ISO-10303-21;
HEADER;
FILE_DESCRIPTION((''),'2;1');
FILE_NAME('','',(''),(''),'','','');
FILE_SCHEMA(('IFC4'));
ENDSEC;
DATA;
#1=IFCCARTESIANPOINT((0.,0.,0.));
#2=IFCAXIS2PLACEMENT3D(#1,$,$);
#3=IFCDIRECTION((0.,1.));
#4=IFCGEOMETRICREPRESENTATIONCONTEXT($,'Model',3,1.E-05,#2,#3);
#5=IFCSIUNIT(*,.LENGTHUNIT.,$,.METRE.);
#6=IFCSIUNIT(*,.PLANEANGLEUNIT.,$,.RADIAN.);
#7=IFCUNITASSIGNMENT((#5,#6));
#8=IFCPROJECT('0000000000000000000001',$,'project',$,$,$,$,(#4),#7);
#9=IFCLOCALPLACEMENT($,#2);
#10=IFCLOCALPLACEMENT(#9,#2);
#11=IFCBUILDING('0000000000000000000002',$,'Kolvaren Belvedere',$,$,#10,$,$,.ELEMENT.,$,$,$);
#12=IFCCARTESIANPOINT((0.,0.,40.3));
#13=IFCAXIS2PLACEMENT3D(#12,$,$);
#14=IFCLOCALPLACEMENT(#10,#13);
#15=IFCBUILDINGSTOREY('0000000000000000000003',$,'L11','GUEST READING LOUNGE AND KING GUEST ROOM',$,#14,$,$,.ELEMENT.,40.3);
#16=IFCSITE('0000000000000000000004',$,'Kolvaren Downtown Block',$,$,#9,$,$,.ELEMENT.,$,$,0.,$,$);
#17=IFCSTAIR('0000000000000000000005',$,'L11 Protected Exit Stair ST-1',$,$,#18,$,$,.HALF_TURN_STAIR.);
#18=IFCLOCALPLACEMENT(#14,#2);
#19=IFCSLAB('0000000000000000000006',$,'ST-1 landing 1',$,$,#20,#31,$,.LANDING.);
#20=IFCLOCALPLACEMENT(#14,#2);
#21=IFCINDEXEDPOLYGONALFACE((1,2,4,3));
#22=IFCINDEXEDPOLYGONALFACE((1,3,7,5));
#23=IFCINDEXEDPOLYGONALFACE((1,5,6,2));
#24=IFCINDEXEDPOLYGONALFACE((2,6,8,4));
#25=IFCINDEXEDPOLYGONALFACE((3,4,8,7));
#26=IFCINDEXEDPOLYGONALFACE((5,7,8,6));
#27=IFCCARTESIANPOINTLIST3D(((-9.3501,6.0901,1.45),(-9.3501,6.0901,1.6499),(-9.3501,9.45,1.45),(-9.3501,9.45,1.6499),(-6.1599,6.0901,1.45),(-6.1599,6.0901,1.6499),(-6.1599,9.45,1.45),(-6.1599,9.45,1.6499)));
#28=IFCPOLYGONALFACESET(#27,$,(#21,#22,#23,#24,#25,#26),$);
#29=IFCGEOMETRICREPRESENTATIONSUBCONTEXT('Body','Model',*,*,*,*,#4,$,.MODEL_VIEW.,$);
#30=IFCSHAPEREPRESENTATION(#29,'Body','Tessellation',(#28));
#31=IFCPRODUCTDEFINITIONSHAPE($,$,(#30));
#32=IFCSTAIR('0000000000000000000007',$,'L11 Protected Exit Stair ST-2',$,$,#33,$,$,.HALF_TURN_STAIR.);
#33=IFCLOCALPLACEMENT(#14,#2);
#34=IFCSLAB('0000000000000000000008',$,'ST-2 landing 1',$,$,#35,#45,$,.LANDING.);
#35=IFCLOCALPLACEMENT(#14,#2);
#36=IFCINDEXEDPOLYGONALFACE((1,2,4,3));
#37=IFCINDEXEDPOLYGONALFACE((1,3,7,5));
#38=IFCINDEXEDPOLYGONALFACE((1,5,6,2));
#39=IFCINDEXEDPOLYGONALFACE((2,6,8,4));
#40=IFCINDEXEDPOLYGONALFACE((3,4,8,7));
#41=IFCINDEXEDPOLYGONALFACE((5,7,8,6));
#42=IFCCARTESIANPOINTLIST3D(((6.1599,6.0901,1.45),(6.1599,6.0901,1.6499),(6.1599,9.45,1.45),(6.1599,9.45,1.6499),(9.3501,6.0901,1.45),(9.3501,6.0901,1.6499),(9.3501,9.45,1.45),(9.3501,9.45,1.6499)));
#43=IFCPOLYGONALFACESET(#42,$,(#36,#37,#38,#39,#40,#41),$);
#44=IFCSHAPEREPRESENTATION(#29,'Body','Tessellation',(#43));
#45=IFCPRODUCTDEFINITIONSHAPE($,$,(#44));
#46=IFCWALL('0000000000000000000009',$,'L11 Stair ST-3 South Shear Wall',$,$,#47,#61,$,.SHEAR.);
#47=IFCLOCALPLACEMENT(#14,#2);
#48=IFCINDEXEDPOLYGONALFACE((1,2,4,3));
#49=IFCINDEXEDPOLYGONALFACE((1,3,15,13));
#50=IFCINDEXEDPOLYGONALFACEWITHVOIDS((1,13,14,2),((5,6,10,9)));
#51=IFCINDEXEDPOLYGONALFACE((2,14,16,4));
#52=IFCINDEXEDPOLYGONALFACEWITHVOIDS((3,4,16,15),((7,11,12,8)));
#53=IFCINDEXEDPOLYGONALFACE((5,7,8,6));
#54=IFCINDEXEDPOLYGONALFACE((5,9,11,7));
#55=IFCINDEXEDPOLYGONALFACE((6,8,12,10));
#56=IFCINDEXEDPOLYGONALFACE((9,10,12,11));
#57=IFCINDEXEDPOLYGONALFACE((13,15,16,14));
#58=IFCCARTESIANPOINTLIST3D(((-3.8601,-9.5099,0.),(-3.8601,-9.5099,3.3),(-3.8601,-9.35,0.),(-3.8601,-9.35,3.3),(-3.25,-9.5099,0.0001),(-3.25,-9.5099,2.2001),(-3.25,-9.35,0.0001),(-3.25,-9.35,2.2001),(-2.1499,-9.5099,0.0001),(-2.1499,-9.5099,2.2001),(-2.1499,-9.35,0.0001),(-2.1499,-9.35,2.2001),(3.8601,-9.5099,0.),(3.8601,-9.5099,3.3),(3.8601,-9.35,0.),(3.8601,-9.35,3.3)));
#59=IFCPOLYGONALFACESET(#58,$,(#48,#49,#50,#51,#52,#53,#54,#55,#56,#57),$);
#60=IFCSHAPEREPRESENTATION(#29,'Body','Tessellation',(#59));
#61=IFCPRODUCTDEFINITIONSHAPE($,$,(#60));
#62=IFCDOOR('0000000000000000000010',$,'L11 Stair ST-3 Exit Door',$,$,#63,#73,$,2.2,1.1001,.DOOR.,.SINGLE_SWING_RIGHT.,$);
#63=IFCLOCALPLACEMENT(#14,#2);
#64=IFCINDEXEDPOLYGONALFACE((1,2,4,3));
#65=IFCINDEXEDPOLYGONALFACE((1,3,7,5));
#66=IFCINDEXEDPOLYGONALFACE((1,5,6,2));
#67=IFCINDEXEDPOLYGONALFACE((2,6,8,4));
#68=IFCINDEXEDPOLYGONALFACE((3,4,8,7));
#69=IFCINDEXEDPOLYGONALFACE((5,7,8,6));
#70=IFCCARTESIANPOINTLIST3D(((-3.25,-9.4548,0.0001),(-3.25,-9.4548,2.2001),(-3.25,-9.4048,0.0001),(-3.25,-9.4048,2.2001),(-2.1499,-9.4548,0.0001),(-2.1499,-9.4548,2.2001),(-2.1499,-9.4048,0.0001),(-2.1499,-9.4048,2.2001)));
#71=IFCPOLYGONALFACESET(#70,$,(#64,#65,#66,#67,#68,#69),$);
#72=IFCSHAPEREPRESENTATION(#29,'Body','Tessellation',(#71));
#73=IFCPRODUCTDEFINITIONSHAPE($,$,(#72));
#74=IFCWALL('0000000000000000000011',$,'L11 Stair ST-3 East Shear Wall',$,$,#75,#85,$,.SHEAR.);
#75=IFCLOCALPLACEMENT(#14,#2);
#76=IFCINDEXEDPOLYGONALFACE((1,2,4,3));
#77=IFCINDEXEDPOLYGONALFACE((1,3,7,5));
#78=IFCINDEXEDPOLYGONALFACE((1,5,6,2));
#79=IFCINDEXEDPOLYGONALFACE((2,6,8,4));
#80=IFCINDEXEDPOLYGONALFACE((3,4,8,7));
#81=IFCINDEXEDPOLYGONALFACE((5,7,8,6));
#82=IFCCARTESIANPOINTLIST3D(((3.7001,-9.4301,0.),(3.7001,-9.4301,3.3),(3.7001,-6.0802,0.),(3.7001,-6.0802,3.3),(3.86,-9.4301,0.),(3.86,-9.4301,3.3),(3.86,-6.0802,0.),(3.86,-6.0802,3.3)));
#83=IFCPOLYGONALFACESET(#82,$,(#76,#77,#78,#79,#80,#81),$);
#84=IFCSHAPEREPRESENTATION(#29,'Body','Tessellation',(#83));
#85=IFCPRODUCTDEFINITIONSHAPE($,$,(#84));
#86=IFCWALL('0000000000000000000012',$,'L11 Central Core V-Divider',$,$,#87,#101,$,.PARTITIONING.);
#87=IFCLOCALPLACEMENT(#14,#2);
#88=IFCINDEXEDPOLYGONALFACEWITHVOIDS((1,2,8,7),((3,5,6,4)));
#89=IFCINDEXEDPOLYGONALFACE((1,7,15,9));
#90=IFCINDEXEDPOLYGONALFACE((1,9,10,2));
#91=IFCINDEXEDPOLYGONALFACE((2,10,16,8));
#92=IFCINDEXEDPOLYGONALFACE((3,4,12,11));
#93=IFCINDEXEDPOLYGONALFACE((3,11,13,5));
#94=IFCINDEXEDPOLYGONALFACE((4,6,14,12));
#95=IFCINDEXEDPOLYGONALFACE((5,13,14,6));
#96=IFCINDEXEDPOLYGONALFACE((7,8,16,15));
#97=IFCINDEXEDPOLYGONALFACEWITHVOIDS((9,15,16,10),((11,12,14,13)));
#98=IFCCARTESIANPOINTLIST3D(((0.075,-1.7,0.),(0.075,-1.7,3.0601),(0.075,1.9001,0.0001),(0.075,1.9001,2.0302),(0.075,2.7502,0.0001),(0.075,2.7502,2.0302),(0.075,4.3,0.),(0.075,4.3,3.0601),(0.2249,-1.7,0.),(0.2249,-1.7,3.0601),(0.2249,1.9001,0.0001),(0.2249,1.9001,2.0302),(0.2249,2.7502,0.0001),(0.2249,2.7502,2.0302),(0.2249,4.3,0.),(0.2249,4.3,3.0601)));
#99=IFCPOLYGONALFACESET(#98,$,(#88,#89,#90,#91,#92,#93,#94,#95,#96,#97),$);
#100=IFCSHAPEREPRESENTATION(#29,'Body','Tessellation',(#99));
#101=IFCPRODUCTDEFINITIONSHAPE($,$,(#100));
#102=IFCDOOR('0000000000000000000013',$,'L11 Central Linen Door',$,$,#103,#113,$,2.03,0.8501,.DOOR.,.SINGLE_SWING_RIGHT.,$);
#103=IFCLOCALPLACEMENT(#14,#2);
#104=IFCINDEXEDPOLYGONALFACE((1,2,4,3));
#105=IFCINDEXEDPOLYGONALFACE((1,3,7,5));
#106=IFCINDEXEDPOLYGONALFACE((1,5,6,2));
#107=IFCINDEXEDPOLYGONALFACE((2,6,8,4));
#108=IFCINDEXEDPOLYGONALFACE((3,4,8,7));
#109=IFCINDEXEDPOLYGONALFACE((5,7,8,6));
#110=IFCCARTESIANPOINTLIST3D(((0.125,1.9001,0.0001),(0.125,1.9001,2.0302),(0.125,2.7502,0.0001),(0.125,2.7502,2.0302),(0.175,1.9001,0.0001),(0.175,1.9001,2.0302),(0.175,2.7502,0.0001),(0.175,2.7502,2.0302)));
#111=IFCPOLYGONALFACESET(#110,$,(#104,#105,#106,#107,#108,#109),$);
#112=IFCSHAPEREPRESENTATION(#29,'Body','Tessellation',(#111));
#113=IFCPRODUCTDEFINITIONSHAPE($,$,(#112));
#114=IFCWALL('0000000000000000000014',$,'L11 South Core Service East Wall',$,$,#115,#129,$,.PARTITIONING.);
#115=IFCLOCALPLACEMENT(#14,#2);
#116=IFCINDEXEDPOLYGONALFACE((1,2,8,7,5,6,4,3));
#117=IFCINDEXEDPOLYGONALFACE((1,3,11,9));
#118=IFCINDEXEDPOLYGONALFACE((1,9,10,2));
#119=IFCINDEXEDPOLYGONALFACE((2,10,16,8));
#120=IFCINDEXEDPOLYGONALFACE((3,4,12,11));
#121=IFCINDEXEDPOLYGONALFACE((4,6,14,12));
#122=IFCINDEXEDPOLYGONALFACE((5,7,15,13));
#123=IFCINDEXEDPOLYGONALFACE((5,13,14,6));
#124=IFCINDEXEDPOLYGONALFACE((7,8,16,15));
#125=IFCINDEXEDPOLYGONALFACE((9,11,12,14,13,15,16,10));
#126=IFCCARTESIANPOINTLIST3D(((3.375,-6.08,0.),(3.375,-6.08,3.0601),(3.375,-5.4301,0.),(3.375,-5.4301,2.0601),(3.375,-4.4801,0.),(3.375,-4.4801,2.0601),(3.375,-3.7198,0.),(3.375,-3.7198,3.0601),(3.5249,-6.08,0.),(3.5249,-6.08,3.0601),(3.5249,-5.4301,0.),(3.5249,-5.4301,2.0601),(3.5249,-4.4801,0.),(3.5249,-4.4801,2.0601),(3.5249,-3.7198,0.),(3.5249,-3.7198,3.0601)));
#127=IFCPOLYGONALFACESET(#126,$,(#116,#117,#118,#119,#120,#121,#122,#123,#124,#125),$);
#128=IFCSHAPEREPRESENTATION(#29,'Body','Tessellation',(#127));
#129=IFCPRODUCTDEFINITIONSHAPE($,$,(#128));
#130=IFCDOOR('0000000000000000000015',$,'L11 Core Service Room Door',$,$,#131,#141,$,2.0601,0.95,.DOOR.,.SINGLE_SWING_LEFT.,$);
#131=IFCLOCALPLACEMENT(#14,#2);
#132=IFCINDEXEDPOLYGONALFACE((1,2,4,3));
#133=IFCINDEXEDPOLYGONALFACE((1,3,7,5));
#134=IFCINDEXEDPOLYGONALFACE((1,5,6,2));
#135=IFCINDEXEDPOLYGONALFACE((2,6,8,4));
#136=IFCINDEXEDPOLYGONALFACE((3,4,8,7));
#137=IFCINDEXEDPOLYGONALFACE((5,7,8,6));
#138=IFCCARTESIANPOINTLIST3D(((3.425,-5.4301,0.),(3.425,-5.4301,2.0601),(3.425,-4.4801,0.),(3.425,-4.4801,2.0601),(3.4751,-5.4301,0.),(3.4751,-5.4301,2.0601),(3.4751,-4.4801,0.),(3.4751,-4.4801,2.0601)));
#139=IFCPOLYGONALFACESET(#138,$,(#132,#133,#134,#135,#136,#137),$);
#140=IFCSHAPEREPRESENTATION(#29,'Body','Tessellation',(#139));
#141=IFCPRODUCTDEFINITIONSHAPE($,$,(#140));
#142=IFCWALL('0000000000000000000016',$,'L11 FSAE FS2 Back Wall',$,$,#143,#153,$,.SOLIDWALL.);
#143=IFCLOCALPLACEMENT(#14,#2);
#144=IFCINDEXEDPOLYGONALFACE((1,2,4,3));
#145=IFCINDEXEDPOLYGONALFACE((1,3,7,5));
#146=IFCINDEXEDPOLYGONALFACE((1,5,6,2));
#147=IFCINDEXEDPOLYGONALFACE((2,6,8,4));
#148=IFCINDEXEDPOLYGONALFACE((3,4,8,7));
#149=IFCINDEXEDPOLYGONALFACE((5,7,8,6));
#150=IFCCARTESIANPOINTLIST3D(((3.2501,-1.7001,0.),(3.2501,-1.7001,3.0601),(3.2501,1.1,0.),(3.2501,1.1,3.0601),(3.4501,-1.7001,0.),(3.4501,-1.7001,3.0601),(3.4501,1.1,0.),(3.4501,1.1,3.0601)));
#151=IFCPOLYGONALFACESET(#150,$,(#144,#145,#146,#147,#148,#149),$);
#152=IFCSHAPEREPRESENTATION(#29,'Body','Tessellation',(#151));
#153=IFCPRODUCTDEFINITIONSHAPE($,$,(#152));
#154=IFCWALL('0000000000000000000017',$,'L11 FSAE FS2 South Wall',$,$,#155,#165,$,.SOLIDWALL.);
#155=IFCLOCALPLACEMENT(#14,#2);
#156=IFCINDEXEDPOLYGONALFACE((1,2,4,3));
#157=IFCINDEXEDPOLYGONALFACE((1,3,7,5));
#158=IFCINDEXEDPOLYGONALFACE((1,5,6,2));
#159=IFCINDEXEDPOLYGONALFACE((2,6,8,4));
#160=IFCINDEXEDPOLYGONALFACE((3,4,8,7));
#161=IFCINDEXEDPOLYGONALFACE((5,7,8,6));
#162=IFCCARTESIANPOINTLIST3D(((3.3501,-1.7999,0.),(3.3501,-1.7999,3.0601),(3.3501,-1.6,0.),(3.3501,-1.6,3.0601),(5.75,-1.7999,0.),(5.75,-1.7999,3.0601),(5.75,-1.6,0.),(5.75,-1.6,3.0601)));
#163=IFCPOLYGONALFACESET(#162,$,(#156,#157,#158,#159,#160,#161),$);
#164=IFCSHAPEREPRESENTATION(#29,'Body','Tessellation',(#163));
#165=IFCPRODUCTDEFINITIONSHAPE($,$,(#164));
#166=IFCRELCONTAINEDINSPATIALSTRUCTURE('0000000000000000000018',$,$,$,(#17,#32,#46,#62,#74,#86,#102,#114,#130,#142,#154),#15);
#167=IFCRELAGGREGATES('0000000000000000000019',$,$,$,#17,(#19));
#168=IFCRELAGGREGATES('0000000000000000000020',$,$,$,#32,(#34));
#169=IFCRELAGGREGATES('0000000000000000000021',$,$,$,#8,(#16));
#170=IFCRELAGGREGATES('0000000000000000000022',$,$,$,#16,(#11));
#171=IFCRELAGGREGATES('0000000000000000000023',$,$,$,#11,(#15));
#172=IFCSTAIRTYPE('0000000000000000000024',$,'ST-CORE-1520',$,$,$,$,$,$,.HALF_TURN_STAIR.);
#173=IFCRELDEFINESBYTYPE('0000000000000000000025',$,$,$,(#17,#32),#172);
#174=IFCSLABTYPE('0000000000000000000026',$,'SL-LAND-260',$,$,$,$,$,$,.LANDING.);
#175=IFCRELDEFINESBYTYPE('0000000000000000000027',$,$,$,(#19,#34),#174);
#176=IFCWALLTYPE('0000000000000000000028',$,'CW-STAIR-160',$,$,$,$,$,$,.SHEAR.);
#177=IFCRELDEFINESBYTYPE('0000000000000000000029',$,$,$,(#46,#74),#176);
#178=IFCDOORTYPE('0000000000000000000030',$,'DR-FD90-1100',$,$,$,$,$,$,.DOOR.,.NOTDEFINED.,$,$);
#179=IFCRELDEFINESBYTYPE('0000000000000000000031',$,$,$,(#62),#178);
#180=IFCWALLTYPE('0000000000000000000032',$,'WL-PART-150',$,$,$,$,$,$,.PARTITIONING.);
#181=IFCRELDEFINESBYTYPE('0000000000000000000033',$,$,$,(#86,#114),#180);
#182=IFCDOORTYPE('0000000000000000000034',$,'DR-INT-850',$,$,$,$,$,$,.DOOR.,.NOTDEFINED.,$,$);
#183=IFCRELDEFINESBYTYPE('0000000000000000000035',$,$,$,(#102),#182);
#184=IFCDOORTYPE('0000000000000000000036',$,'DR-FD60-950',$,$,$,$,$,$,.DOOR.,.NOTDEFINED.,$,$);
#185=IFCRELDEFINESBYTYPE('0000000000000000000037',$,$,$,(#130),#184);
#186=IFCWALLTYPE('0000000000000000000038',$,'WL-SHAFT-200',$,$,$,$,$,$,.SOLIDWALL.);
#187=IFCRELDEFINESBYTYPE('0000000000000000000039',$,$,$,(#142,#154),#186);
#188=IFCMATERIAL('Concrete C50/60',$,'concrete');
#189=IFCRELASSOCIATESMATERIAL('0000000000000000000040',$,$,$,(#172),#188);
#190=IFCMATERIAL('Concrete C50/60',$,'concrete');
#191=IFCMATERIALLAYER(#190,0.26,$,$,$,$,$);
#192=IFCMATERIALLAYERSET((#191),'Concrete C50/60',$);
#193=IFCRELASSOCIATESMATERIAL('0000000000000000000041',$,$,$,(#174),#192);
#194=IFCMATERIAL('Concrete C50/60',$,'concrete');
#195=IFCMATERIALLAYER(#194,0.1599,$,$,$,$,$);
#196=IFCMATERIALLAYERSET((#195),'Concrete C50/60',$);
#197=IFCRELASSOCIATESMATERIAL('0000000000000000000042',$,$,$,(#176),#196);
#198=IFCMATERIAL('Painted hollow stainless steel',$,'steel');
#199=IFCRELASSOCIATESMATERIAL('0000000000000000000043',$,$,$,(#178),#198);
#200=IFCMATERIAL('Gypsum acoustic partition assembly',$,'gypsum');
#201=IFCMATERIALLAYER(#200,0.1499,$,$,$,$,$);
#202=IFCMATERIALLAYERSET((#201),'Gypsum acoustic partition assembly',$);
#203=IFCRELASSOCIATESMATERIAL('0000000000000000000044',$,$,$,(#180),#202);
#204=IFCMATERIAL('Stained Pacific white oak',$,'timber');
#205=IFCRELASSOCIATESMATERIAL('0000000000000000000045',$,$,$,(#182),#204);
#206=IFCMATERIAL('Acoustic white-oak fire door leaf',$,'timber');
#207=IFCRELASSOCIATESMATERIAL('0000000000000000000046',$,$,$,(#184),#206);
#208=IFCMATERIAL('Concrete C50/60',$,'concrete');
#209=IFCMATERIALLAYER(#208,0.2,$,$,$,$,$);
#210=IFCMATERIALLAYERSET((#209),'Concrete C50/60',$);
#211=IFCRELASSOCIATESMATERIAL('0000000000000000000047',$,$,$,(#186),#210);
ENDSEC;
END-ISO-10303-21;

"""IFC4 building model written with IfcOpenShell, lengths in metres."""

from ifc_helpers import new_model, si_unit, direction, frame, frame_2d, origin, place, context, subcontext, project, spatial, polyline, rectangle, outline, extrude, material, layer, layer_set, type_object, element, fill, aggregate, save


model = new_model("IFC4")

# Units and contexts
model_context = context("Model", 3, precision=1e-05, world=origin(), true_north=direction((0.0, 1.0)))
body_context = subcontext(model_context, "Body", "Model", "MODEL_VIEW")
ifc_project = project(units=[si_unit("LENGTHUNIT", "METRE"), si_unit("PLANEANGLEUNIT", "RADIAN")], contexts=[model_context])

# Site, building, storey
site_placement = place(None, origin())
site = spatial("IfcSite", under=ifc_project, at=site_placement, Name="Kolvaren Downtown Block", CompositionType="ELEMENT", RefElevation=0.0)
building_placement = place(site_placement, origin())
building = spatial("IfcBuilding", under=site, at=building_placement, Name="Kolvaren Belvedere", CompositionType="ELEMENT")
storey_placement = place(building_placement, frame((0.0, 0.0, 40.3)))
storey = spatial("IfcBuildingStorey", under=building, at=storey_placement, Name="L11", Description="GUEST READING LOUNGE AND KING GUEST ROOM", CompositionType="ELEMENT", Elevation=40.3)

# Stairs, slabs
ifc_material_1 = material(Name="Concrete C50/60", Category="concrete")
stair_type = type_object("IfcStairType", Name="ST-CORE-1520", PredefinedType="HALF_TURN_STAIR", material=ifc_material_1)
stair_1_placement = place(storey_placement, origin())
stair_1 = element("IfcStair", 1, at=stair_1_placement, inside=storey, type_object=stair_type, Name="L11 Protected Exit Stair ST-1", PredefinedType="HALF_TURN_STAIR")
ifc_material_2 = material(Name="Concrete C50/60", Category="concrete")
ifc_layer_1 = layer(ifc_material_2, 0.26)
ifc_layer_set_1 = layer_set([ifc_layer_1], Name="Concrete C50/60")
slab_type = type_object("IfcSlabType", Name="SL-LAND-260", PredefinedType="LANDING", material=ifc_layer_set_1)
slab_1_placement = place(storey_placement, frame((0.0, 0.0, 1.45)))
slab_1 = element("IfcSlab", 2, at=slab_1_placement, type_object=slab_type, Name="ST-1 landing 1", PredefinedType="LANDING", context=body_context, shape_type="SweptSolid", body=[
    extrude(outline(polyline([(-6.1599, 6.0901), (-6.1599, 9.45), (-9.3501, 9.45), (-9.3501, 6.0901), (-6.1599, 6.0901)])), origin(), (0.0, 0.0, 1.0), 0.2),
])
aggregate(stair_1, [slab_1])
stair_2_placement = place(storey_placement, origin())
stair_2 = element("IfcStair", 3, at=stair_2_placement, inside=storey, type_object=stair_type, Name="L11 Protected Exit Stair ST-2", PredefinedType="HALF_TURN_STAIR")
slab_2_placement = place(storey_placement, frame((0.0, 0.0, 1.45)))
slab_2 = element("IfcSlab", 4, at=slab_2_placement, type_object=slab_type, Name="ST-2 landing 1", PredefinedType="LANDING", context=body_context, shape_type="SweptSolid", body=[
    extrude(outline(polyline([(9.3501, 6.0901), (9.3501, 9.45), (6.1599, 9.45), (6.1599, 6.0901), (9.3501, 6.0901)])), origin(), (0.0, 0.0, 1.0), 0.2),
])
aggregate(stair_2, [slab_2])

# Wall, opening, door
ifc_material_3 = material(Name="Concrete C50/60", Category="concrete")
ifc_layer_2 = layer(ifc_material_3, 0.1599)
ifc_layer_set_2 = layer_set([ifc_layer_2], Name="Concrete C50/60")
wall_type_1 = type_object("IfcWallType", Name="CW-STAIR-160", PredefinedType="SHEAR", material=ifc_layer_set_2)
wall_1_placement = place(storey_placement, frame((3.8601, -9.4299, 0.0), z_axis=(0.0, 0.0, 1.0), x_axis=(-1.0, 0.0, 0.0)))
wall_1 = element("IfcWall", 5, at=wall_1_placement, inside=storey, type_object=wall_type_1, Name="L11 Stair ST-3 South Shear Wall", PredefinedType="SHEAR", context=body_context, shape_type="SweptSolid", body=[
    extrude(rectangle(XDim=7.7202, YDim=0.1599, at=frame_2d((3.8601, 0.0))), origin(), (0.0, 0.0, 1.0), 3.3),
])
opening_1_placement = place(wall_1_placement, frame((6.01, 0.0, 0.0)))
opening_1 = element("IfcOpeningElement", 6, at=opening_1_placement, cuts=wall_1, PredefinedType="OPENING", context=body_context, shape_type="SweptSolid", body=[
    extrude(rectangle(XDim=1.1001, YDim=2.2, at=frame_2d((0.55, 1.1001))), frame((0.0, 0.0898, 0.0), z_axis=(0.0, -1.0, 0.0), x_axis=(1.0, 0.0, 0.0)), (0.0, 0.0, 1.0), 0.1799),
])
ifc_material_4 = material(Name="Painted hollow stainless steel", Category="steel")
door_type_1 = type_object("IfcDoorType", Name="DR-FD90-1100", OperationType="NOTDEFINED", PredefinedType="DOOR", material=ifc_material_4)
door_1_placement = place(opening_1_placement, origin())
door_1 = element("IfcDoor", 7, at=door_1_placement, inside=storey, type_object=door_type_1, Name="L11 Stair ST-3 Exit Door", OperationType="SINGLE_SWING_RIGHT", OverallHeight=2.2, OverallWidth=1.1001, PredefinedType="DOOR", context=body_context, shape_type="SweptSolid", body=[
    extrude(rectangle(XDim=1.1001, YDim=2.2, at=frame_2d((0.55, 1.1001))), frame((0.0, 0.0249, 0.0), z_axis=(0.0, -1.0, 0.0), x_axis=(1.0, 0.0, 0.0)), (0.0, 0.0, 1.0), 0.05),
])
fill(opening_1, door_1)

# Wall
wall_2_placement = place(storey_placement, frame((3.78, -9.4299, 0.0), z_axis=(0.0, 0.0, 1.0), x_axis=(0.0, 1.0, 0.0)))
element("IfcWall", 8, at=wall_2_placement, inside=storey, type_object=wall_type_1, Name="L11 Stair ST-3 East Shear Wall", PredefinedType="SHEAR", context=body_context, shape_type="SweptSolid", body=[
    extrude(rectangle(XDim=3.3499, YDim=0.1599, at=frame_2d((1.6748, 0.0))), origin(), (0.0, 0.0, 1.0), 3.3),
])

# Walls, openings, doors
ifc_material_5 = material(Name="Gypsum acoustic partition assembly", Category="gypsum")
ifc_layer_3 = layer(ifc_material_5, 0.1499)
ifc_layer_set_3 = layer_set([ifc_layer_3], Name="Gypsum acoustic partition assembly")
wall_type_2 = type_object("IfcWallType", Name="WL-PART-150", PredefinedType="PARTITIONING", material=ifc_layer_set_3)
wall_3_placement = place(storey_placement, frame((0.1499, -1.7, 0.0), z_axis=(0.0, 0.0, 1.0), x_axis=(0.0, 1.0, 0.0)))
wall_3 = element("IfcWall", 9, at=wall_3_placement, inside=storey, type_object=wall_type_2, Name="L11 Central Core V-Divider", PredefinedType="PARTITIONING", context=body_context, shape_type="SweptSolid", body=[
    extrude(rectangle(XDim=6.0, YDim=0.1499, at=frame_2d((3.0, 0.0))), origin(), (0.0, 0.0, 1.0), 3.0601),
])
opening_2_placement = place(wall_3_placement, frame((3.6001, 0.0, 0.0)))
opening_2 = element("IfcOpeningElement", 10, at=opening_2_placement, cuts=wall_3, PredefinedType="OPENING", context=body_context, shape_type="SweptSolid", body=[
    extrude(rectangle(XDim=0.8501, YDim=2.03, at=frame_2d((0.425, 1.0151))), frame((0.0, 0.085, 0.0), z_axis=(0.0, -1.0, 0.0), x_axis=(1.0, 0.0, 0.0)), (0.0, 0.0, 1.0), 0.1699),
])
ifc_material_6 = material(Name="Stained Pacific white oak", Category="timber")
door_type_2 = type_object("IfcDoorType", Name="DR-INT-850", OperationType="NOTDEFINED", PredefinedType="DOOR", material=ifc_material_6)
door_2_placement = place(opening_2_placement, origin())
door_2 = element("IfcDoor", 11, at=door_2_placement, inside=storey, type_object=door_type_2, Name="L11 Central Linen Door", OperationType="SINGLE_SWING_RIGHT", OverallHeight=2.03, OverallWidth=0.8501, PredefinedType="DOOR", context=body_context, shape_type="SweptSolid", body=[
    extrude(rectangle(XDim=0.8501, YDim=2.03, at=frame_2d((0.425, 1.0151))), frame((0.0, 0.0249, 0.0), z_axis=(0.0, -1.0, 0.0), x_axis=(1.0, 0.0, 0.0)), (0.0, 0.0, 1.0), 0.05),
])
fill(opening_2, door_2)
wall_4_placement = place(storey_placement, frame((3.45, -6.0801, 0.0), z_axis=(0.0, 0.0, 1.0), x_axis=(0.0, 1.0, 0.0)))
wall_4 = element("IfcWall", 12, at=wall_4_placement, inside=storey, type_object=wall_type_2, Name="L11 South Core Service East Wall", PredefinedType="PARTITIONING", context=body_context, shape_type="SweptSolid", body=[
    extrude(rectangle(XDim=2.3601, YDim=0.1499, at=frame_2d((1.1802, 0.0))), origin(), (0.0, 0.0, 1.0), 3.0601),
])
opening_3_placement = place(wall_4_placement, frame((0.6499, 0.0, 0.0)))
opening_3 = element("IfcOpeningElement", 13, at=opening_3_placement, cuts=wall_4, PredefinedType="OPENING", context=body_context, shape_type="SweptSolid", body=[
    extrude(rectangle(XDim=0.95, YDim=2.0601, at=frame_2d((0.4751, 1.03))), frame((0.0, 0.085, 0.0), z_axis=(0.0, -1.0, 0.0), x_axis=(1.0, 0.0, 0.0)), (0.0, 0.0, 1.0), 0.1699),
])
ifc_material_7 = material(Name="Acoustic white-oak fire door leaf", Category="timber")
door_type_3 = type_object("IfcDoorType", Name="DR-FD60-950", OperationType="NOTDEFINED", PredefinedType="DOOR", material=ifc_material_7)
door_3_placement = place(opening_3_placement, origin())
door_3 = element("IfcDoor", 14, at=door_3_placement, inside=storey, type_object=door_type_3, Name="L11 Core Service Room Door", OperationType="SINGLE_SWING_LEFT", OverallHeight=2.0601, OverallWidth=0.95, PredefinedType="DOOR", context=body_context, shape_type="SweptSolid", body=[
    extrude(rectangle(XDim=0.95, YDim=2.0601, at=frame_2d((0.4751, 1.03))), frame((0.0, 0.0249, 0.0), z_axis=(0.0, -1.0, 0.0), x_axis=(1.0, 0.0, 0.0)), (0.0, 0.0, 1.0), 0.05),
])
fill(opening_3, door_3)

# Walls
ifc_material_8 = material(Name="Concrete C50/60", Category="concrete")
ifc_layer_4 = layer(ifc_material_8, 0.2)
ifc_layer_set_4 = layer_set([ifc_layer_4], Name="Concrete C50/60")
wall_type_3 = type_object("IfcWallType", Name="WL-SHAFT-200", PredefinedType="SOLIDWALL", material=ifc_layer_set_4)
wall_5_placement = place(storey_placement, frame((3.3501, -1.7, 0.0), z_axis=(0.0, 0.0, 1.0), x_axis=(0.0, 1.0, 0.0)))
element("IfcWall", 15, at=wall_5_placement, inside=storey, type_object=wall_type_3, Name="L11 FSAE FS2 Back Wall", PredefinedType="SOLIDWALL", context=body_context, shape_type="SweptSolid", body=[
    extrude(rectangle(XDim=2.8, YDim=0.2, at=frame_2d((1.3999, 0.0))), origin(), (0.0, 0.0, 1.0), 3.0601),
])
wall_6_placement = place(storey_placement, frame((3.3501, -1.7, 0.0), z_axis=(0.0, 0.0, 1.0), x_axis=(1.0, 0.0, 0.0)))
element("IfcWall", 16, at=wall_6_placement, inside=storey, type_object=wall_type_3, Name="L11 FSAE FS2 South Wall", PredefinedType="SOLIDWALL", context=body_context, shape_type="SweptSolid", body=[
    extrude(rectangle(XDim=2.3999, YDim=0.2, at=frame_2d((1.2, 0.0))), origin(), (0.0, 0.0, 1.0), 3.0601),
])

save(model, "model.ifc")
